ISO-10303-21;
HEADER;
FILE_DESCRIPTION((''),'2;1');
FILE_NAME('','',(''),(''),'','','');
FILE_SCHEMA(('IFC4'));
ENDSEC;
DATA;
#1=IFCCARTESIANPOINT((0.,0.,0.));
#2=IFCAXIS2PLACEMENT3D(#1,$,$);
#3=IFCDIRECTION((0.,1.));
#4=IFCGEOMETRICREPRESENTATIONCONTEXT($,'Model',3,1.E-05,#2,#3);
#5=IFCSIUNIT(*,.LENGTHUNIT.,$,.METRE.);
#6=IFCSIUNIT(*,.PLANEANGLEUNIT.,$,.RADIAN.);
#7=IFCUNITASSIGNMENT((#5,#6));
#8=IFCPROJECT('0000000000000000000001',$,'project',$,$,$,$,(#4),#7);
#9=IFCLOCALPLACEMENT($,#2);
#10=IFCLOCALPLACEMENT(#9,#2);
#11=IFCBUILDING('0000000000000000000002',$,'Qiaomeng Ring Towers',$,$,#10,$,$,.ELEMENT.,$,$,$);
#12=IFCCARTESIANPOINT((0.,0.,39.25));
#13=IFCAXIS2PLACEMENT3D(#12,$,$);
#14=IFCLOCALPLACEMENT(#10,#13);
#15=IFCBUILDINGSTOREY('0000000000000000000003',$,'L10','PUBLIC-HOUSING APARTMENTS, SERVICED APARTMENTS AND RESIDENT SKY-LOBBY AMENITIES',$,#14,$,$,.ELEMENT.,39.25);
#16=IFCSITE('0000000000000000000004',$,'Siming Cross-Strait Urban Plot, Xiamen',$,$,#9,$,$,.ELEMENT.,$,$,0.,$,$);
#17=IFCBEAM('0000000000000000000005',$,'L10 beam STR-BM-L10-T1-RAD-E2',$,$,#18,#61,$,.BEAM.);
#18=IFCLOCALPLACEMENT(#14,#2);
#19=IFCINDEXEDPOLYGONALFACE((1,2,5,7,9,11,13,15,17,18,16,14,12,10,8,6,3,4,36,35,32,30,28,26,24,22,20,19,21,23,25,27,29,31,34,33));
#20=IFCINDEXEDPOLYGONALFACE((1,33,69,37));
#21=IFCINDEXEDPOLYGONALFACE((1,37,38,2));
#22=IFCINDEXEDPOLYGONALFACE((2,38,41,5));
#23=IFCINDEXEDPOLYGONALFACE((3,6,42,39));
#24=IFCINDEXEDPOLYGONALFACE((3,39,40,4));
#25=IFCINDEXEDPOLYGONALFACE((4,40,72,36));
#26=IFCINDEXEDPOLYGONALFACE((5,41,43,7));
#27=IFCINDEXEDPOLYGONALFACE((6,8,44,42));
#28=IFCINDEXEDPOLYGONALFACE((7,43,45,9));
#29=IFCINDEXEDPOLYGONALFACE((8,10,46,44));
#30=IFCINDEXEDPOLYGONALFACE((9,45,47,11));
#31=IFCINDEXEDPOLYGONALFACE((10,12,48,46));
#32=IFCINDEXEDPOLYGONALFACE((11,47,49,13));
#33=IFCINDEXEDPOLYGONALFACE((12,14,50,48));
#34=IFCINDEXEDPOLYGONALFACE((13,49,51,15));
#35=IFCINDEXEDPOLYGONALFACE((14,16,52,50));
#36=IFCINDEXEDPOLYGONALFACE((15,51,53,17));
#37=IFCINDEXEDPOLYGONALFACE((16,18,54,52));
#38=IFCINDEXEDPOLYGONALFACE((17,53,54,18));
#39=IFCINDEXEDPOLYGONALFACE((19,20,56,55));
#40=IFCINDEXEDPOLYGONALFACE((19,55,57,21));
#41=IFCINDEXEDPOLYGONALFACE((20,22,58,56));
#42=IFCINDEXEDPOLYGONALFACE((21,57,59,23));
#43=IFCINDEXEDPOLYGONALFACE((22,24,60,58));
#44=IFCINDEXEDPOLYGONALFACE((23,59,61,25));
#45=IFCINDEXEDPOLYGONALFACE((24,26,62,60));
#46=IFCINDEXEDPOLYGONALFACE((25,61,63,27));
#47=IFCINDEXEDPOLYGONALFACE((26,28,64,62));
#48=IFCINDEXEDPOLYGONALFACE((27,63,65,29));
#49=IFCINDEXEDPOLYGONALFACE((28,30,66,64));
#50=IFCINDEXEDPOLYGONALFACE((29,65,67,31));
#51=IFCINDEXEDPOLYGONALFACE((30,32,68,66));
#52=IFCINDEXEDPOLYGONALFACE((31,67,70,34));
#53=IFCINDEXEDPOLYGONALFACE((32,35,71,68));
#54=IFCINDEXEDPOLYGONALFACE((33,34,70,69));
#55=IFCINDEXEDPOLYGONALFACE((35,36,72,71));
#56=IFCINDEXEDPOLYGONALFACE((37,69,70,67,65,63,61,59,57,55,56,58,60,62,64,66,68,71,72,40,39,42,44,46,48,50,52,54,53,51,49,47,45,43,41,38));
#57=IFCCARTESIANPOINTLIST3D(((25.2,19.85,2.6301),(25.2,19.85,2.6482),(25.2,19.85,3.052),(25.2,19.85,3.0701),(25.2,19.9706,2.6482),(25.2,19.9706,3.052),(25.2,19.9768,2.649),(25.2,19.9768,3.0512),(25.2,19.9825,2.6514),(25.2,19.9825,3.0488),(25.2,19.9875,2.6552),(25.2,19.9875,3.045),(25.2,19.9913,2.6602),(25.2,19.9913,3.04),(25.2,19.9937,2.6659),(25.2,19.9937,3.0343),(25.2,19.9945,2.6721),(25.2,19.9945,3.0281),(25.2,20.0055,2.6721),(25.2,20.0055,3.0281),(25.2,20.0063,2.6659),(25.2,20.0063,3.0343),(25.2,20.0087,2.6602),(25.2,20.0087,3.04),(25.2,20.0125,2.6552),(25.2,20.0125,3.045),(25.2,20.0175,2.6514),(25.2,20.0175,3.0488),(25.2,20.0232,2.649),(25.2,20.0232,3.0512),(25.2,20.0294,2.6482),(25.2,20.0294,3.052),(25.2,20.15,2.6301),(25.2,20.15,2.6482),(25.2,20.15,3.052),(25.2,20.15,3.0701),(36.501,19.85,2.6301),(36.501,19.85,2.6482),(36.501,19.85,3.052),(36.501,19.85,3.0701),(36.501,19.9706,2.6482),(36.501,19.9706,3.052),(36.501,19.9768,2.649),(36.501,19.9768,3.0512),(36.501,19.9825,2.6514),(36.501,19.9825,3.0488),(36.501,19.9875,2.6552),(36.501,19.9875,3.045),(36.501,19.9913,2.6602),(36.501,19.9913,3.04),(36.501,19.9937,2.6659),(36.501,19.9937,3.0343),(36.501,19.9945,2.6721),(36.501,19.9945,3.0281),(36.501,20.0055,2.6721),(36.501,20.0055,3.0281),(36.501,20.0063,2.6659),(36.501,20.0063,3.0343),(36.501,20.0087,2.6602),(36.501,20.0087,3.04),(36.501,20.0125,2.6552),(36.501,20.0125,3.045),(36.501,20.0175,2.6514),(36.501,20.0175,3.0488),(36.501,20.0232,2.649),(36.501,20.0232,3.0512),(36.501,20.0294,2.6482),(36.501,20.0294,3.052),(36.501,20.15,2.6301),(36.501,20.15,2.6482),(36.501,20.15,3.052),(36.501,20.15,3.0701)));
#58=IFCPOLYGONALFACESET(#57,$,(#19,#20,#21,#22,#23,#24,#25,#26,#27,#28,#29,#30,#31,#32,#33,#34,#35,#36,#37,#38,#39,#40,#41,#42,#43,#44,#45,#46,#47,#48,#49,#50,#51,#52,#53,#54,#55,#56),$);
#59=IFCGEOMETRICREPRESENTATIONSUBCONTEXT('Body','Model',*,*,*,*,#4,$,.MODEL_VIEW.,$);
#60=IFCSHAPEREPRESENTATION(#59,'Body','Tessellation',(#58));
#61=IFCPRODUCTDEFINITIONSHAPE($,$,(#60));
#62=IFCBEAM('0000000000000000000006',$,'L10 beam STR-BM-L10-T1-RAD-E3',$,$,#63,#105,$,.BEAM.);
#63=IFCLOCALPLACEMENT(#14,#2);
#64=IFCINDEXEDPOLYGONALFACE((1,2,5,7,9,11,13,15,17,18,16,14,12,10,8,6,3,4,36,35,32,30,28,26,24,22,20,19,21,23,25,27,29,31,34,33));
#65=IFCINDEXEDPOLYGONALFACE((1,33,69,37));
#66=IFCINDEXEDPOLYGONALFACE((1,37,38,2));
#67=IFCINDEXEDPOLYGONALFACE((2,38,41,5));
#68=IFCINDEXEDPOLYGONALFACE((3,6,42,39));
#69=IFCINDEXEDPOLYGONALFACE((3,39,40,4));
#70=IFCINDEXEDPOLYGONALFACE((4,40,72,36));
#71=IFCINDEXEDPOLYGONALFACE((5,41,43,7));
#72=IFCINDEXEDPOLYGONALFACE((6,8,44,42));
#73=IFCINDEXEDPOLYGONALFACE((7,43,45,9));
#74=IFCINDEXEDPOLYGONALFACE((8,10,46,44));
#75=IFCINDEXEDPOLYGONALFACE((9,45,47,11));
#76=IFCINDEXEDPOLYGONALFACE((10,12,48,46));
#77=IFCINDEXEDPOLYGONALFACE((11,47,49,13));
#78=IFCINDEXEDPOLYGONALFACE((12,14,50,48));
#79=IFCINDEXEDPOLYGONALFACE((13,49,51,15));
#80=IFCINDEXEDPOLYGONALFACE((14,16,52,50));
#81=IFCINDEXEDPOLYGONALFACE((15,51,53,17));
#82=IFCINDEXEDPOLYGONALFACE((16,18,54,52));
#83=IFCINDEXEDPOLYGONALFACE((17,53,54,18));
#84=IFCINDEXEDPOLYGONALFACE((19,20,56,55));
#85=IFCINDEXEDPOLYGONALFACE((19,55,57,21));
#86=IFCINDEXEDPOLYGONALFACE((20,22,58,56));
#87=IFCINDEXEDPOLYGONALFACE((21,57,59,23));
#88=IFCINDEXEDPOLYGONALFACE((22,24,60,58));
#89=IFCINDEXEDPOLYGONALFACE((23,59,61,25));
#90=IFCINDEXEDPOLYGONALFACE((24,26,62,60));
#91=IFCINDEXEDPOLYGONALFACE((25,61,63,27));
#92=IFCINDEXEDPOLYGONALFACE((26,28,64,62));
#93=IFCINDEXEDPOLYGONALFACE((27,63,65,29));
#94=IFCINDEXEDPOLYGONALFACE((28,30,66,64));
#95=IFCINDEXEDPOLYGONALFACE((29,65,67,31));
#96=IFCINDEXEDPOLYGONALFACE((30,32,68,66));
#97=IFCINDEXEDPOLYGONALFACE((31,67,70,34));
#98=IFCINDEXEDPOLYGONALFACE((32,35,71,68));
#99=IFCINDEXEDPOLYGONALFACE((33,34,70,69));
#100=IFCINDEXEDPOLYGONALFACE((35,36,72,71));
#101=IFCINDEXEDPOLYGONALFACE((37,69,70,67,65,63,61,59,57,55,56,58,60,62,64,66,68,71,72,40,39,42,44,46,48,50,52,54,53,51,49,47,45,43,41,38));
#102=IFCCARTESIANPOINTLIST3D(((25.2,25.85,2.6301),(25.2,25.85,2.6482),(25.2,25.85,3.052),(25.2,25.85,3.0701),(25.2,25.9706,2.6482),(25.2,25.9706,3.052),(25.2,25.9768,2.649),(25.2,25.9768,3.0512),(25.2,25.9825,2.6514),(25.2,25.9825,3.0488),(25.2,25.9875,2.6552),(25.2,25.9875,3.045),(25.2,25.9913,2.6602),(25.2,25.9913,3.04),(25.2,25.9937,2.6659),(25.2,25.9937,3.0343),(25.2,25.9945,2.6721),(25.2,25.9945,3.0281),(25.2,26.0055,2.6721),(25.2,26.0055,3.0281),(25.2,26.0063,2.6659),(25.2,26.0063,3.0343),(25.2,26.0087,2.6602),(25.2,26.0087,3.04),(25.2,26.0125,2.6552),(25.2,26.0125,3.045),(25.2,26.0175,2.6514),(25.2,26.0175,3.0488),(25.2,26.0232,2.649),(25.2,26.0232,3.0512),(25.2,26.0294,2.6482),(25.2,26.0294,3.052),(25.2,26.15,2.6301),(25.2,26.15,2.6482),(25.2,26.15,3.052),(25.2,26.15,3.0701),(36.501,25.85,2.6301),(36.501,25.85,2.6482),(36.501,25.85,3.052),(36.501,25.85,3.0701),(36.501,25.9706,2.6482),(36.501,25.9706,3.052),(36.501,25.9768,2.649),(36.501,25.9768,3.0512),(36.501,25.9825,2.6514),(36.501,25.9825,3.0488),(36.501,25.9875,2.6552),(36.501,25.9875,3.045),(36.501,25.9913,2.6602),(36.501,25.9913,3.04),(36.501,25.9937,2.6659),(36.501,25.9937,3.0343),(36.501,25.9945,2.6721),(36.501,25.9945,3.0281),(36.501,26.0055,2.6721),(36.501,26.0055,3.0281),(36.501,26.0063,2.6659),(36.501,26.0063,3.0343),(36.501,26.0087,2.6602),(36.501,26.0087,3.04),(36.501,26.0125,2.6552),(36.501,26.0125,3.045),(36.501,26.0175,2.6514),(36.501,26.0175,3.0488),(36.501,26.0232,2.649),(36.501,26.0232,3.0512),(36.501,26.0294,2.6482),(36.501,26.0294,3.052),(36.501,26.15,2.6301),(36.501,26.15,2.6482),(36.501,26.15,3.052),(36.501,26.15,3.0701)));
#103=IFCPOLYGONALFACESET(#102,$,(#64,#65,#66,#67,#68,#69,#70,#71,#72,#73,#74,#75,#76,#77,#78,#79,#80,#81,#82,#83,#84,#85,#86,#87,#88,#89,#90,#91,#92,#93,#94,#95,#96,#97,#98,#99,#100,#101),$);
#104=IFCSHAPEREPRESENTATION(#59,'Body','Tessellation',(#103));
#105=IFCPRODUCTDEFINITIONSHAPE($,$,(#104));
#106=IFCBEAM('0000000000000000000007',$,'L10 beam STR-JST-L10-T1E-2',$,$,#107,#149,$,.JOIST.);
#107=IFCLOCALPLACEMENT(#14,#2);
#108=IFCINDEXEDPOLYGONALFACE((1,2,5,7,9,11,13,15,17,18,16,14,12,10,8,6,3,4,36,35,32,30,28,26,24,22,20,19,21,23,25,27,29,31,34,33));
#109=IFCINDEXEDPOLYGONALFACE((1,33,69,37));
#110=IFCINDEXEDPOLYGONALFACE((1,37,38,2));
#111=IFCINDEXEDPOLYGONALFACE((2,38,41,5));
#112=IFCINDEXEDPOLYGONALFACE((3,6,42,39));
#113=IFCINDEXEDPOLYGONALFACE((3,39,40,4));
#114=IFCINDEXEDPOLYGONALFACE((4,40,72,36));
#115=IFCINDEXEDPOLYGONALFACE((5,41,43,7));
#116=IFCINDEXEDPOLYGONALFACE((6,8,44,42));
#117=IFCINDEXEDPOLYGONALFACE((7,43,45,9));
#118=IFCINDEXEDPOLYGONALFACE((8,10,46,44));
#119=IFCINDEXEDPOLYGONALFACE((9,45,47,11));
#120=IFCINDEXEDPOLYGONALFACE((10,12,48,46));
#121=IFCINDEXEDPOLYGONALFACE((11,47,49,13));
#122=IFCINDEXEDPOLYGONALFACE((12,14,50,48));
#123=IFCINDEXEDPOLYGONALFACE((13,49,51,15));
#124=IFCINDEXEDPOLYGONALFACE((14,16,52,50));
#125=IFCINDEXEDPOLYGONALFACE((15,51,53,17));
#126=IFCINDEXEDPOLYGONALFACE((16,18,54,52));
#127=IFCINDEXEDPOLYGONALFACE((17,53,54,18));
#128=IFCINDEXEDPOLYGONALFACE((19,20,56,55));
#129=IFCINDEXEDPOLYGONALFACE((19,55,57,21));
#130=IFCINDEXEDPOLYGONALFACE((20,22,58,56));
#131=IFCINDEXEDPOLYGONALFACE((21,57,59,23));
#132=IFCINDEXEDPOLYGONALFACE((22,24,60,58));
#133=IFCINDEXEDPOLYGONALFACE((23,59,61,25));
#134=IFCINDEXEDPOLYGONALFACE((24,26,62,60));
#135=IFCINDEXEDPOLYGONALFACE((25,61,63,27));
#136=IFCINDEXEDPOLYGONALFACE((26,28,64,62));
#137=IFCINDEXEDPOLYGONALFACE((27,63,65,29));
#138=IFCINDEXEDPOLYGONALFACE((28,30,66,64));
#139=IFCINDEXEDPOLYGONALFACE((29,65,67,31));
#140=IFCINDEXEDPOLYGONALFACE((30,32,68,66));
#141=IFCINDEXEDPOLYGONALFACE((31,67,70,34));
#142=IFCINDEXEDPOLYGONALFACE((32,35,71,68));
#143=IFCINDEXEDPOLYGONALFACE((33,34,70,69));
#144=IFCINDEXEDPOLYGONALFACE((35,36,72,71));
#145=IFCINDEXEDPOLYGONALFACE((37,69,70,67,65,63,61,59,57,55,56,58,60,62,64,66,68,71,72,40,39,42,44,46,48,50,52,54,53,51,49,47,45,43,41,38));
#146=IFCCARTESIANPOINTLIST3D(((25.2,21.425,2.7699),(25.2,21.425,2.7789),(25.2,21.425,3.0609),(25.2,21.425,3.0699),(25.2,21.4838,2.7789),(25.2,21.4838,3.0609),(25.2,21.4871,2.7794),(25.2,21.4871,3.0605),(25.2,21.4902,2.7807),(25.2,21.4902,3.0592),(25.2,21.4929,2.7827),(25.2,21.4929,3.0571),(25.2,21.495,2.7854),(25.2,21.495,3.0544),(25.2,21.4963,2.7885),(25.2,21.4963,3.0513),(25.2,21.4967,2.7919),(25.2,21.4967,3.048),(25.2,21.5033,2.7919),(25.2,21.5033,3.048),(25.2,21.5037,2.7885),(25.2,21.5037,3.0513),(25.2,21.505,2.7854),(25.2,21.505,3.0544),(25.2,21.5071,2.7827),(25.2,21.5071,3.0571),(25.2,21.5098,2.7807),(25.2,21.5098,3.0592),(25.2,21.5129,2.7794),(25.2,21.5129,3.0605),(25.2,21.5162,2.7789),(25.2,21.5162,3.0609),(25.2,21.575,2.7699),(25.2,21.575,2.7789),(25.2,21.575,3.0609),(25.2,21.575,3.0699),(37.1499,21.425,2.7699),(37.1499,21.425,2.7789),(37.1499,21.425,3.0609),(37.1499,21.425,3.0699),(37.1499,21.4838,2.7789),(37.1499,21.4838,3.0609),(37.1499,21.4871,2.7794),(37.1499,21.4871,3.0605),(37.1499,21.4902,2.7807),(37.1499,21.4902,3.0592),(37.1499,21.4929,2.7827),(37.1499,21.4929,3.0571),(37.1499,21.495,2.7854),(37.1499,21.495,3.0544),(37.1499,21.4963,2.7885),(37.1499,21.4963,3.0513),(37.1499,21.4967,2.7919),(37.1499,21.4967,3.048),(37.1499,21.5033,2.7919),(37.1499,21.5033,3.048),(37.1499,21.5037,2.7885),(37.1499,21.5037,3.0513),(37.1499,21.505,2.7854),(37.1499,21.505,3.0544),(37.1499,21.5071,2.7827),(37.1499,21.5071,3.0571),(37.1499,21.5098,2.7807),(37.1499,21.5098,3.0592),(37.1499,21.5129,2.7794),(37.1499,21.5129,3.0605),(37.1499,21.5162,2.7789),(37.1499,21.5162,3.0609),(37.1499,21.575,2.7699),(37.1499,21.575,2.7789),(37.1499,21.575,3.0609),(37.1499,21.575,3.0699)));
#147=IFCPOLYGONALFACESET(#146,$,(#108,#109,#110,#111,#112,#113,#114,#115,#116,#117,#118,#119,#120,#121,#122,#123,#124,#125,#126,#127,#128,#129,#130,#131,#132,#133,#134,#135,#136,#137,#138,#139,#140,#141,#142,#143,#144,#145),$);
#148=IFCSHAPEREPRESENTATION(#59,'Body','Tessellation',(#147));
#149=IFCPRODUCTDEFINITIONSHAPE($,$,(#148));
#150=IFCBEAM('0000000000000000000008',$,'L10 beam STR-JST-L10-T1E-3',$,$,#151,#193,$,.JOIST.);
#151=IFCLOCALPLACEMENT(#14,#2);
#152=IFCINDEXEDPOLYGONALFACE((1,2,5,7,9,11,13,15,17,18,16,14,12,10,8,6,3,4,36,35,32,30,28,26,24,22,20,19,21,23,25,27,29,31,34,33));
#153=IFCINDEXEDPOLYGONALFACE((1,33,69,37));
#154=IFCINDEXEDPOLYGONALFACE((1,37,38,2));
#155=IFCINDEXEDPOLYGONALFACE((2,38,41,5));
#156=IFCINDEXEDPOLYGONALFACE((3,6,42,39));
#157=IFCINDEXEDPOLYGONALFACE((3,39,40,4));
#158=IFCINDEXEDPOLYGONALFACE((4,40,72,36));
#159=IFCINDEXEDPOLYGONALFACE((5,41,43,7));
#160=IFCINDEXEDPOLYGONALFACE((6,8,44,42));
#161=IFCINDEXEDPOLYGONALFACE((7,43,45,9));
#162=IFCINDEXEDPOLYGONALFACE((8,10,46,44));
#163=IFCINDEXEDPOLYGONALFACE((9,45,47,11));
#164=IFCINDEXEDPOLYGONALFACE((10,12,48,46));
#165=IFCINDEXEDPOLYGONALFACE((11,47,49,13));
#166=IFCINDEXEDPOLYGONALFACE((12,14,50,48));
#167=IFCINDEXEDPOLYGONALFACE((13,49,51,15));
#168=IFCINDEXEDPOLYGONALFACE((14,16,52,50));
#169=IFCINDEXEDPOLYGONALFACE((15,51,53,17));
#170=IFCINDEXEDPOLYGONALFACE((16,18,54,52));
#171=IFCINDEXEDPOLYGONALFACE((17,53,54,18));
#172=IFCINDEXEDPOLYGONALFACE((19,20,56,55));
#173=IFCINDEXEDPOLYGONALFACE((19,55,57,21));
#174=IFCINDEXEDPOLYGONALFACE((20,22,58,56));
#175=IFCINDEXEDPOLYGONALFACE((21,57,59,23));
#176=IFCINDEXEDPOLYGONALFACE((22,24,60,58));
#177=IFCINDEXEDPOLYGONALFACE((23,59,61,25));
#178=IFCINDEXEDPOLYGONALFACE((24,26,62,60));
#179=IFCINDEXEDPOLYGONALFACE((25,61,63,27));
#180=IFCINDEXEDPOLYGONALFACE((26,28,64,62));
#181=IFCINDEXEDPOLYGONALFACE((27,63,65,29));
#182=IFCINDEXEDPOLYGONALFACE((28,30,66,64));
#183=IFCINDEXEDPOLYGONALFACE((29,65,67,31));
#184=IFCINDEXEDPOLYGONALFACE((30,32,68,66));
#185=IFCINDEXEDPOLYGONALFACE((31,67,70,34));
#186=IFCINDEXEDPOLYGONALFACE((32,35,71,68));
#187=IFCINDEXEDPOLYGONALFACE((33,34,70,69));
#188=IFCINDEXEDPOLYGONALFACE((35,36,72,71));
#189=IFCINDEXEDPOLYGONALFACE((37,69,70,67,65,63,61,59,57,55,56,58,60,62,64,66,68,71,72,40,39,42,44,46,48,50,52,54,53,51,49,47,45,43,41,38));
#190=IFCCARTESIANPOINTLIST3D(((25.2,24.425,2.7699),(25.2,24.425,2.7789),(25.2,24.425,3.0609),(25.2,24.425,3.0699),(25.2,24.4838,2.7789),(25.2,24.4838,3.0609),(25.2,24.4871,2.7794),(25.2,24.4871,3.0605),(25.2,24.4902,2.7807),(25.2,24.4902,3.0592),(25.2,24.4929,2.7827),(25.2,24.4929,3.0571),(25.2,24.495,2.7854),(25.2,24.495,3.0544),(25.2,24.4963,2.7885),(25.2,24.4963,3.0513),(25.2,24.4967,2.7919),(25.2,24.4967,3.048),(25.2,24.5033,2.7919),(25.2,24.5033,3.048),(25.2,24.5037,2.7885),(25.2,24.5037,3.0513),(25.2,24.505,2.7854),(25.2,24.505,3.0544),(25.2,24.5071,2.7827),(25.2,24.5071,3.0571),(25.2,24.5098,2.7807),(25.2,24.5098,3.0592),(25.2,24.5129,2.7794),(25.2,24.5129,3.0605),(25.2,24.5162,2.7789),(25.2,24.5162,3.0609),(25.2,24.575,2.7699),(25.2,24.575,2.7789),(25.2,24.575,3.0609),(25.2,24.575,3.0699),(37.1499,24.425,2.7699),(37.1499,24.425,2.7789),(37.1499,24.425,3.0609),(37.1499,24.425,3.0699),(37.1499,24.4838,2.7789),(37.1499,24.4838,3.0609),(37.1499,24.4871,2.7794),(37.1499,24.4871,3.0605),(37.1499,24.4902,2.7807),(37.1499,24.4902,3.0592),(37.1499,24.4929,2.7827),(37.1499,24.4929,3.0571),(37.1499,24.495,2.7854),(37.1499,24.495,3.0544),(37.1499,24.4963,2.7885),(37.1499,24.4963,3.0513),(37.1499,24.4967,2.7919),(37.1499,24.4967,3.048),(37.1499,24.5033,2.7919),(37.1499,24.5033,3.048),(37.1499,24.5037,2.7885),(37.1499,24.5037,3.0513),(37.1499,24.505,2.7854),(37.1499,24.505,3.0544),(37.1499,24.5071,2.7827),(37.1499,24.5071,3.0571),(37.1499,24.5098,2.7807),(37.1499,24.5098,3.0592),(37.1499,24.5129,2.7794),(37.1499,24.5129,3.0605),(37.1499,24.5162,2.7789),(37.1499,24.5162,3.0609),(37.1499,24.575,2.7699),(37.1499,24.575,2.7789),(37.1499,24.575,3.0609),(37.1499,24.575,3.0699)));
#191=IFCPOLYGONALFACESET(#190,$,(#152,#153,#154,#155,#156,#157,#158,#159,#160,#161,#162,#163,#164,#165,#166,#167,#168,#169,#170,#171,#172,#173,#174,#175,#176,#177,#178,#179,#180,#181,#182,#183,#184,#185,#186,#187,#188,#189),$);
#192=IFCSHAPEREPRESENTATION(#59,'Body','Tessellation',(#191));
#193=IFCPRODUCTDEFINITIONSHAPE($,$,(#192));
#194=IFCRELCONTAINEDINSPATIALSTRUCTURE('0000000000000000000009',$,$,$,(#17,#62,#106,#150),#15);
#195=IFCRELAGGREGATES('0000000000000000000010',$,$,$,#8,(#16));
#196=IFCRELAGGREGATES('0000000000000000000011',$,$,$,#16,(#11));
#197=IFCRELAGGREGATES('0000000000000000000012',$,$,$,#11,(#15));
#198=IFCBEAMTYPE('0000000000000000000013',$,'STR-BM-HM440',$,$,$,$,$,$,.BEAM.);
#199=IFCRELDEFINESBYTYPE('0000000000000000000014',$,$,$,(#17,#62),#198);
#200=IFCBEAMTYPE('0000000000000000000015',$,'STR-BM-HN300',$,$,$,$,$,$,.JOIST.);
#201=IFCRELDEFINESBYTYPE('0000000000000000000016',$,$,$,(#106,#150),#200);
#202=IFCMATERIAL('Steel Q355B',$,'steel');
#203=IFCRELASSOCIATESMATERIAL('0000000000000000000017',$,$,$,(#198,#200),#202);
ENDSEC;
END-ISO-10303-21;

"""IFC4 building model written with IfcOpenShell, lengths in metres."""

from ifc_helpers import new_model, si_unit, direction, frame, origin, origin_2d, place, context, subcontext, project, spatial, i_section, extrude, source, transform, mapped, material, material_profile, profile_set, type_object, element, save


model = new_model("IFC4")

# Units and contexts
model_context = context("Model", 3, precision=1e-05, world=origin(), true_north=direction((0.0, 1.0)))
body_context = subcontext(model_context, "Body", "Model", "MODEL_VIEW")
ifc_project = project(units=[si_unit("LENGTHUNIT", "METRE"), si_unit("PLANEANGLEUNIT", "RADIAN")], contexts=[model_context])

# Site, building, storey
site_placement = place(None, origin())
site = spatial("IfcSite", under=ifc_project, at=site_placement, Name="Siming Cross-Strait Urban Plot, Xiamen", CompositionType="ELEMENT", RefElevation=0.0)
building_placement = place(site_placement, origin())
building = spatial("IfcBuilding", under=site, at=building_placement, Name="Qiaomeng Ring Towers", CompositionType="ELEMENT")
storey_placement = place(building_placement, frame((0.0, 0.0, 39.25)))
storey = spatial("IfcBuildingStorey", under=building, at=storey_placement, Name="L10", Description="PUBLIC-HOUSING APARTMENTS, SERVICED APARTMENTS AND RESIDENT SKY-LOBBY AMENITIES", CompositionType="ELEMENT", Elevation=39.25)

# Beams
ifc_material_1 = material(Name="Steel Q355B", Category="steel")
ifc_material_profile_1 = material_profile(ifc_material_1, i_section(OverallWidth=0.3, OverallDepth=0.4399, WebThickness=0.011, FlangeThickness=0.0181, FilletRadius=0.0239, at=origin_2d()), Name="HM 440x300x11x18")
ifc_profile_set_1 = profile_set([ifc_material_profile_1], Name="Steel Q355B")
beam_type_1 = type_object("IfcBeamType", Name="STR-BM-HM440", PredefinedType="BEAM", material=ifc_profile_set_1)
shared_shape_1 = source(origin(), body_context, "Body", "SweptSolid", [
    extrude(i_section(OverallWidth=0.3, OverallDepth=0.4399, WebThickness=0.011, FlangeThickness=0.0181, FilletRadius=0.0239, at=origin_2d()), origin(), (0.0, 0.0, 1.0), 11.301),
])
for number, where, z_axis, x_axis, name in (
    (1, (25.2, 20.0, 2.8501), (1.0, 0.0, 0.0), (0.0, 1.0, 0.0), "L10 beam STR-BM-L10-T1-RAD-E2"),
    (2, (25.2, 26.0, 2.8501), (1.0, 0.0, 0.0), (0.0, 1.0, 0.0), "L10 beam STR-BM-L10-T1-RAD-E3"),
):
    element("IfcBeam", number, at=place(storey_placement, frame(where, z_axis=z_axis, x_axis=x_axis)), inside=storey, type_object=beam_type_1, Name=name, PredefinedType="BEAM", context=body_context, shape_type="MappedRepresentation", body=[
        mapped(shared_shape_1, transform((0.0, 0.0, 0.0), x_axis=(1.0, 0.0, 0.0), y_axis=(0.0, 1.0, 0.0), z_axis=(0.0, 0.0, 1.0), scale=1.0)),
    ])
ifc_material_profile_2 = material_profile(ifc_material_1, i_section(OverallWidth=0.1499, OverallDepth=0.3, WebThickness=0.0066, FlangeThickness=0.009, FilletRadius=0.0129, at=origin_2d()), Name="HN 300x150x6.5x9")
ifc_profile_set_2 = profile_set([ifc_material_profile_2], Name="Steel Q355B")
beam_type_2 = type_object("IfcBeamType", Name="STR-BM-HN300", PredefinedType="JOIST", material=ifc_profile_set_2)
shared_shape_2 = source(origin(), body_context, "Body", "SweptSolid", [
    extrude(i_section(OverallWidth=0.1499, OverallDepth=0.3, WebThickness=0.0066, FlangeThickness=0.009, FilletRadius=0.0129, at=origin_2d()), origin(), (0.0, 0.0, 1.0), 11.95),
])
for number, where, z_axis, x_axis, name in (
    (3, (25.2, 21.5, 2.9199), (1.0, 0.0, 0.0), (0.0, 1.0, 0.0), "L10 beam STR-JST-L10-T1E-2"),
    (4, (25.2, 24.5, 2.9199), (1.0, 0.0, 0.0), (0.0, 1.0, 0.0), "L10 beam STR-JST-L10-T1E-3"),
):
    element("IfcBeam", number, at=place(storey_placement, frame(where, z_axis=z_axis, x_axis=x_axis)), inside=storey, type_object=beam_type_2, Name=name, PredefinedType="JOIST", context=body_context, shape_type="MappedRepresentation", body=[
        mapped(shared_shape_2, transform((0.0, 0.0, 0.0), x_axis=(1.0, 0.0, 0.0), y_axis=(0.0, 1.0, 0.0), z_axis=(0.0, 0.0, 1.0), scale=1.0)),
    ])

save(model, "model.ifc")
